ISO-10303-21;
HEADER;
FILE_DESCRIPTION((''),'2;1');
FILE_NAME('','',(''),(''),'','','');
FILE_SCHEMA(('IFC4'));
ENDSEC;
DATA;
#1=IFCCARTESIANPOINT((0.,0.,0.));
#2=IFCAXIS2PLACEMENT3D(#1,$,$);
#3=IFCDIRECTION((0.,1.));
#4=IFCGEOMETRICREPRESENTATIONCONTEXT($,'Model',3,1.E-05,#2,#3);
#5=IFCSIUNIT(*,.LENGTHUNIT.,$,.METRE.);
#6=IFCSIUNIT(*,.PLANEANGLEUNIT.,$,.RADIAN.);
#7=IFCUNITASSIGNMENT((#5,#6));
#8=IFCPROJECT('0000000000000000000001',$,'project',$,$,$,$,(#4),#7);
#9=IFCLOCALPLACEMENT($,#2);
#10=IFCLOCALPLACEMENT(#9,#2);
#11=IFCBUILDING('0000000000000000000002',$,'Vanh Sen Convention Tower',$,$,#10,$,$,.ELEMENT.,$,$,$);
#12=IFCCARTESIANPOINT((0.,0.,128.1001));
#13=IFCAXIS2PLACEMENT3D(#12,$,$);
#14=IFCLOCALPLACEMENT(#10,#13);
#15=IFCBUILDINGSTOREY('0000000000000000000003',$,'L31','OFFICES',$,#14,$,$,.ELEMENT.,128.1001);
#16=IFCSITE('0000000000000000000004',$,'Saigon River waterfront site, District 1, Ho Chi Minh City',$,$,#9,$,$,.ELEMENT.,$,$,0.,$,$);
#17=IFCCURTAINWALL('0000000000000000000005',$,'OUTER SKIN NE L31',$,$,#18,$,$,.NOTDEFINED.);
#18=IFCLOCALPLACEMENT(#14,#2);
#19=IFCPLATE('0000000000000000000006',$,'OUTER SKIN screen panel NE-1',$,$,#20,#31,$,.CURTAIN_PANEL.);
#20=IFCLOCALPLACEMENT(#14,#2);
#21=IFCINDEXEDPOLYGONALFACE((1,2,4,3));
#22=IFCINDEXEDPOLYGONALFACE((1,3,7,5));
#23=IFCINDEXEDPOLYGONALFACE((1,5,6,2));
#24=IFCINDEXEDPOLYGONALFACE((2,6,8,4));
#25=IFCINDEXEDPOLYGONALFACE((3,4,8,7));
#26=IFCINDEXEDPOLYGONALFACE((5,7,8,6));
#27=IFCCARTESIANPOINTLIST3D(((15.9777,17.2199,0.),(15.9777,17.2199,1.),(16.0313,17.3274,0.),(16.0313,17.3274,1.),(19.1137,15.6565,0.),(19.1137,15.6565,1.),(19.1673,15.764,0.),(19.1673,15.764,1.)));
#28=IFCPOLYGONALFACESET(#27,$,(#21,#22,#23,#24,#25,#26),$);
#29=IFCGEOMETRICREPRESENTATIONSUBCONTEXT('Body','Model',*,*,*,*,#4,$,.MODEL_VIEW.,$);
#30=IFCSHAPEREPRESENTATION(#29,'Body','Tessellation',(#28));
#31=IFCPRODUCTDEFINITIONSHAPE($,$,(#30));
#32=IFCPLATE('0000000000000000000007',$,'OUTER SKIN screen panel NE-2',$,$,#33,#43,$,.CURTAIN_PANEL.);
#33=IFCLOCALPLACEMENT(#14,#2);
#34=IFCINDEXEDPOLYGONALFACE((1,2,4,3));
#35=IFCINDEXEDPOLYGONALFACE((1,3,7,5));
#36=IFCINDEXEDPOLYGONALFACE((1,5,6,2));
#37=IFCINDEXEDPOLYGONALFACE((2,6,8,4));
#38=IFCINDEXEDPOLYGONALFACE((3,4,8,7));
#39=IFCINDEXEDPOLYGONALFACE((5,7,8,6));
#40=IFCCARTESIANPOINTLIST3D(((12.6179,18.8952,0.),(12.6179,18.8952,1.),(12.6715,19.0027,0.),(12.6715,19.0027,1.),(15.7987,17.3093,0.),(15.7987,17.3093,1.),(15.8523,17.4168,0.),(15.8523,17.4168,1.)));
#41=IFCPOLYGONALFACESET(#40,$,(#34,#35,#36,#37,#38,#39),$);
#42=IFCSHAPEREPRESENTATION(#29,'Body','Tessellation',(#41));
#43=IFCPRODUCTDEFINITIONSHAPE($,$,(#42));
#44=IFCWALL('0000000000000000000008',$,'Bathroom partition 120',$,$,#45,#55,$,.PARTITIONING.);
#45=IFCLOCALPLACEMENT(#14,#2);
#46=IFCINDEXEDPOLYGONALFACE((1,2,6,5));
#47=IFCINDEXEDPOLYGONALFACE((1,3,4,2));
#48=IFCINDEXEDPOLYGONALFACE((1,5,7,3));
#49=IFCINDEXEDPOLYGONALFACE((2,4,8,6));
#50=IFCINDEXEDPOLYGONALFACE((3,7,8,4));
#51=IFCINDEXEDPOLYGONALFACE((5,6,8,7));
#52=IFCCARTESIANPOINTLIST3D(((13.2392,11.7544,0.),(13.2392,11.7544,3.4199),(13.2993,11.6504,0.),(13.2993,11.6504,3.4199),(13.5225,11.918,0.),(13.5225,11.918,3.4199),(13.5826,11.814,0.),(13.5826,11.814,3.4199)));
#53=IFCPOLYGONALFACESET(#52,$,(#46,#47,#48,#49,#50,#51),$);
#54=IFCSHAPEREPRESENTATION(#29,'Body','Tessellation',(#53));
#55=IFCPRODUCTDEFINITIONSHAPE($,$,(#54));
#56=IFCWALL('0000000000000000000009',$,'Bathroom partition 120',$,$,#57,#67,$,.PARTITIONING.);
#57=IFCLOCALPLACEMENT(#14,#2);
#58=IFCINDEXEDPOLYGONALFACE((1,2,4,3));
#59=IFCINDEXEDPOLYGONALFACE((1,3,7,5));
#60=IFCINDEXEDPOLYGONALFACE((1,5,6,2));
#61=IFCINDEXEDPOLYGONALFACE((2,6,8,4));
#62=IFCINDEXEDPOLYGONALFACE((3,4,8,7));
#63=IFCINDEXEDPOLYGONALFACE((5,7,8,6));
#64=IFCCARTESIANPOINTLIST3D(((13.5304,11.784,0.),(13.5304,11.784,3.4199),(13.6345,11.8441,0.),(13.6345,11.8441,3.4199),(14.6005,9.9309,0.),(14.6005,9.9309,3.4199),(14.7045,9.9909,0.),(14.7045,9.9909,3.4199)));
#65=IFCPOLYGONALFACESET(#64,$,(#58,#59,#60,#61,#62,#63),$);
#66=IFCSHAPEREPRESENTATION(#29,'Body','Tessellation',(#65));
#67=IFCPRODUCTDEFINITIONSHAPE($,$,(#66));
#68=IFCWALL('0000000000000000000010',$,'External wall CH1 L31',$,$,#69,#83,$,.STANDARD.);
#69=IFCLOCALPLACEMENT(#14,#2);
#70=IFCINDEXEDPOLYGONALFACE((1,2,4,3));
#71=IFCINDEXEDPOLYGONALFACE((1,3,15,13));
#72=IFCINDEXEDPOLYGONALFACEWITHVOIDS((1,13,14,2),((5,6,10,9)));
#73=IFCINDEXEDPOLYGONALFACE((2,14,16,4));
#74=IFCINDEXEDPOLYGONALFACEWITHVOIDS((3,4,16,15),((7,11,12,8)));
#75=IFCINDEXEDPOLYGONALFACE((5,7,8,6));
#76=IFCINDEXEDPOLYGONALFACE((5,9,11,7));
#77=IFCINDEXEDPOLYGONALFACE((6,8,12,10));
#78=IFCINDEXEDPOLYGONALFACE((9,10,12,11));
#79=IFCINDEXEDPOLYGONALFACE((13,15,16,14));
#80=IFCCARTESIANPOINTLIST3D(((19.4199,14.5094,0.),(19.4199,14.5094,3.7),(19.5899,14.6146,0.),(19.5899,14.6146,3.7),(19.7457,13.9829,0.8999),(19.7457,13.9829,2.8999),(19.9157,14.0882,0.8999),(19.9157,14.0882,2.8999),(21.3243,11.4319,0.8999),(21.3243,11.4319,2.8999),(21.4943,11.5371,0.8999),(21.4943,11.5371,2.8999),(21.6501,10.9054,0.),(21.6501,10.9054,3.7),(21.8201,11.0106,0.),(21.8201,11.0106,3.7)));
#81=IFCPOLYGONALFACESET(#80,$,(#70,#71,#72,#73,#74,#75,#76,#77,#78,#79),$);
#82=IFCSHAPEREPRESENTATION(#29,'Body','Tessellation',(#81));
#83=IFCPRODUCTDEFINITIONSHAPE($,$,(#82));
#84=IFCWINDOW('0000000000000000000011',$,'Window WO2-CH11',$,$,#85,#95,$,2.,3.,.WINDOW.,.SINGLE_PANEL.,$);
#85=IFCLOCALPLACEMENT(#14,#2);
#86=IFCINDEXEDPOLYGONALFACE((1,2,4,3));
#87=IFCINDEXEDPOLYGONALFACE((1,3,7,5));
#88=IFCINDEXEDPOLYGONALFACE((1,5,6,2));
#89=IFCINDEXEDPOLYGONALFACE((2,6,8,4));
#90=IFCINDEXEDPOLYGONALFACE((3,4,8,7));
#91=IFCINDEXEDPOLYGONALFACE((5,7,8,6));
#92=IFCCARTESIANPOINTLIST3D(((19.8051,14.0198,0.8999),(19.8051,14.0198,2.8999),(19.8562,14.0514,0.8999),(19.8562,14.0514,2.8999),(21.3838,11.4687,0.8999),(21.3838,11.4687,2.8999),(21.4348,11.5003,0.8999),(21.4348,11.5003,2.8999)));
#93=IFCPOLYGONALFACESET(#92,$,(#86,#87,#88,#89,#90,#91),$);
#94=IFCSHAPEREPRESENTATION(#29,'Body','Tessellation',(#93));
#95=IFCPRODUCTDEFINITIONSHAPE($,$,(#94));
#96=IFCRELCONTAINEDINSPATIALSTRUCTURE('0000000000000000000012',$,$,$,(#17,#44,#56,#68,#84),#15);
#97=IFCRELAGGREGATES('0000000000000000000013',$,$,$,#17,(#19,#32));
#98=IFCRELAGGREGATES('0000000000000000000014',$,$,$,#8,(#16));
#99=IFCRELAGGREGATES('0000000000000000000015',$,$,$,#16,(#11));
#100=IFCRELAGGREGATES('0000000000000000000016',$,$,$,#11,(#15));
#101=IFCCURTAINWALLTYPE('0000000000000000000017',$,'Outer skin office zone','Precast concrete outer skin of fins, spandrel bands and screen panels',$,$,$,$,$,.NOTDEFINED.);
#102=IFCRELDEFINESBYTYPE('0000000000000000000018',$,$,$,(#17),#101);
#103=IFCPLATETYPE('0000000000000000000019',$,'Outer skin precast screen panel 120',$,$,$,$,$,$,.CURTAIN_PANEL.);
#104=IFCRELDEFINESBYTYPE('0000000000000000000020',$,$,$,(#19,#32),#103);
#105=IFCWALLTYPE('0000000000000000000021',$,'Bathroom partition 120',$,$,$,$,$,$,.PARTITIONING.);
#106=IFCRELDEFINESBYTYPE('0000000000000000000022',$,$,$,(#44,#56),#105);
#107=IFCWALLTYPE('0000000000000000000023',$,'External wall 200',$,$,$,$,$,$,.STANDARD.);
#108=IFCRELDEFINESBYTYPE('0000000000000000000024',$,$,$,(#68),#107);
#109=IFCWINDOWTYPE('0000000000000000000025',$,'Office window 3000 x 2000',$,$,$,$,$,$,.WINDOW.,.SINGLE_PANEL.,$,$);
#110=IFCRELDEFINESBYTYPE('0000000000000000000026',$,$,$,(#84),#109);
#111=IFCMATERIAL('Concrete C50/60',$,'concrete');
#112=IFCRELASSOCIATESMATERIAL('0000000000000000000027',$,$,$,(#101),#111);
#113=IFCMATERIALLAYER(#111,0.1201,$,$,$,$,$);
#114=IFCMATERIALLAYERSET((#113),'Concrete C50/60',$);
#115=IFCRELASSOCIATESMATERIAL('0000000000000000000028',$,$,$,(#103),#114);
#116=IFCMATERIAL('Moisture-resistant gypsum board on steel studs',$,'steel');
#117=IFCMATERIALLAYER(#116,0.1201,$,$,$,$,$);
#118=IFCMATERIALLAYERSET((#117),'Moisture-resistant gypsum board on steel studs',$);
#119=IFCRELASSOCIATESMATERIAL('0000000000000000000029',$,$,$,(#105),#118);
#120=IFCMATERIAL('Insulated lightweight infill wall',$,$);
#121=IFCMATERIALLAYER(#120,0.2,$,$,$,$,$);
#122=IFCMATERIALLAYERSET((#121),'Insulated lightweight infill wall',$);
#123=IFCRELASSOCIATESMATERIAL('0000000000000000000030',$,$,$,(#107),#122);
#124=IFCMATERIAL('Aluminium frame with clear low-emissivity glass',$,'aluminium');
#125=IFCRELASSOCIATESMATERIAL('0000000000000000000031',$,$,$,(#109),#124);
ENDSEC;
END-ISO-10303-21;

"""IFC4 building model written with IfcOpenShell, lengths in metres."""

from ifc_helpers import new_model, si_unit, direction, frame, frame_2d, origin, origin_2d, place, context, subcontext, project, spatial, rectangle, extrude, material, layer, layer_set, type_object, element, fill, aggregate, save


model = new_model("IFC4")

# Units and contexts
model_context = context("Model", 3, precision=1e-05, world=origin(), true_north=direction((0.0, 1.0)))
body_context = subcontext(model_context, "Body", "Model", "MODEL_VIEW")
ifc_project = project(units=[si_unit("LENGTHUNIT", "METRE"), si_unit("PLANEANGLEUNIT", "RADIAN")], contexts=[model_context])

# Site, building, storey
site_placement = place(None, origin())
site = spatial("IfcSite", under=ifc_project, at=site_placement, Name="Saigon River waterfront site, District 1, Ho Chi Minh City", CompositionType="ELEMENT", RefElevation=0.0)
building_placement = place(site_placement, origin())
building = spatial("IfcBuilding", under=site, at=building_placement, Name="Vanh Sen Convention Tower", CompositionType="ELEMENT")
storey_placement = place(building_placement, frame((0.0, 0.0, 128.1001)))
storey = spatial("IfcBuildingStorey", under=building, at=storey_placement, Name="L31", Description="OFFICES", CompositionType="ELEMENT", Elevation=128.1001)

# Curtain wall
ifc_material_1 = material(Name="Concrete C50/60", Category="concrete")
curtain_wall_type = type_object("IfcCurtainWallType", Name="Outer skin office zone", Description="Precast concrete outer skin of fins, spandrel bands and screen panels", PredefinedType="NOTDEFINED", material=ifc_material_1)
curtain_wall_1_placement = place(storey_placement, origin())
curtain_wall_1 = element("IfcCurtainWall", 1, at=curtain_wall_1_placement, inside=storey, type_object=curtain_wall_type, Name="OUTER SKIN NE L31", PredefinedType="NOTDEFINED")

# Shared definitions
ifc_layer_1 = layer(ifc_material_1, 0.1201)
ifc_layer_set_1 = layer_set([ifc_layer_1], Name="Concrete C50/60")
plate_type = type_object("IfcPlateType", Name="Outer skin precast screen panel 120", PredefinedType="CURTAIN_PANEL", material=ifc_layer_set_1)

# Plates
plate_1_placement = place(storey_placement, frame((17.5725, 16.4919, 0.0), z_axis=(0.0, 0.0, 1.0), x_axis=(-0.894944, 0.446179, 0.0)))
plate_1 = element("IfcPlate", 2, at=plate_1_placement, type_object=plate_type, Name="OUTER SKIN screen panel NE-1", PredefinedType="CURTAIN_PANEL", context=body_context, shape_type="SweptSolid", body=[
    extrude(rectangle(XDim=3.5042, YDim=0.1201, at=origin_2d()), origin(), (0.0, 0.0, 1.0), 1.0),
])
plate_2_placement = place(storey_placement, frame((14.2351, 18.156, 0.0), z_axis=(0.0, 0.0, 1.0), x_axis=(-0.894933, 0.446201, 0.0)))
plate_2 = element("IfcPlate", 3, at=plate_2_placement, type_object=plate_type, Name="OUTER SKIN screen panel NE-2", PredefinedType="CURTAIN_PANEL", context=body_context, shape_type="SweptSolid", body=[
    extrude(rectangle(XDim=3.5542, YDim=0.1201, at=origin_2d()), origin(), (0.0, 0.0, 1.0), 1.0),
])
aggregate(curtain_wall_1, [plate_1, plate_2])

# Walls
ifc_material_2 = material(Name="Moisture-resistant gypsum board on steel studs", Category="steel")
ifc_layer_2 = layer(ifc_material_2, 0.1201)
ifc_layer_set_2 = layer_set([ifc_layer_2], Name="Moisture-resistant gypsum board on steel studs")
wall_type_1 = type_object("IfcWallType", Name="Bathroom partition 120", PredefinedType="PARTITIONING", material=ifc_layer_set_2)
wall_1_placement = place(storey_placement, frame((13.2693, 11.7024, 0.0), z_axis=(0.0, 0.0, 1.0), x_axis=(0.865937, 0.500153, 0.0)))
element("IfcWall", 4, at=wall_1_placement, inside=storey, type_object=wall_type_1, Name="Bathroom partition 120", PredefinedType="PARTITIONING", context=body_context, shape_type="SweptSolid", body=[
    extrude(rectangle(XDim=0.3271, YDim=0.1201, at=frame_2d((0.1636, 0.0))), origin(), (0.0, 0.0, 1.0), 3.4199),
])
wall_2_placement = place(storey_placement, frame((13.5825, 11.814, 0.0), z_axis=(0.0, 0.0, 1.0), x_axis=(0.500029, -0.866009, 0.0)))
element("IfcWall", 5, at=wall_2_placement, inside=storey, type_object=wall_type_1, Name="Bathroom partition 120", PredefinedType="PARTITIONING", context=body_context, shape_type="SweptSolid", body=[
    extrude(rectangle(XDim=2.1399, YDim=0.1201, at=frame_2d((1.0698, 0.0))), origin(), (0.0, 0.0, 1.0), 3.4199),
])

# Wall, opening, window
ifc_material_3 = material(Name="Insulated lightweight infill wall")
ifc_layer_3 = layer(ifc_material_3, 0.2)
ifc_layer_set_3 = layer_set([ifc_layer_3], Name="Insulated lightweight infill wall")
wall_type_2 = type_object("IfcWallType", Name="External wall 200", PredefinedType="STANDARD", material=ifc_layer_set_3)
wall_3_placement = place(storey_placement, frame((21.7351, 10.958, 0.0), z_axis=(0.0, 0.0, 1.0), x_axis=(-0.526214, 0.850352, 0.0)))
wall_3 = element("IfcWall", 6, at=wall_3_placement, inside=storey, type_object=wall_type_2, Name="External wall CH1 L31", PredefinedType="STANDARD", context=body_context, shape_type="SweptSolid", body=[
    extrude(rectangle(XDim=4.2383, YDim=0.2, at=frame_2d((2.1191, 0.0))), origin(), (0.0, 0.0, 1.0), 3.7),
])
opening_1_placement = place(wall_3_placement, frame((0.6191, 0.0, 0.8999)))
opening_1 = element("IfcOpeningElement", 7, at=opening_1_placement, cuts=wall_3, PredefinedType="OPENING", context=body_context, shape_type="SweptSolid", body=[
    extrude(rectangle(XDim=3.0, YDim=2.0, at=frame_2d((1.5, 1.0))), frame((0.0, 0.1099, 0.0), z_axis=(0.0, -1.0, 0.0), x_axis=(1.0, 0.0, 0.0)), (0.0, 0.0, 1.0), 0.22),
])
ifc_material_4 = material(Name="Aluminium frame with clear low-emissivity glass", Category="aluminium")
window_type_1 = type_object("IfcWindowType", Name="Office window 3000 x 2000", PartitioningType="SINGLE_PANEL", PredefinedType="WINDOW", material=ifc_material_4)
window_1_placement = place(opening_1_placement, origin())
window_1 = element("IfcWindow", 8, at=window_1_placement, inside=storey, type_object=window_type_1, Name="Window WO2-CH11", OverallHeight=2.0, OverallWidth=3.0, PartitioningType="SINGLE_PANEL", PredefinedType="WINDOW", context=body_context, shape_type="SweptSolid", body=[
    extrude(rectangle(XDim=3.0, YDim=2.0, at=frame_2d((1.5, 1.0))), frame((0.0, 0.03, 0.0), z_axis=(0.0, -1.0, 0.0), x_axis=(1.0, 0.0, 0.0)), (0.0, 0.0, 1.0), 0.0601),
])
fill(opening_1, window_1)

save(model, "model.ifc")
